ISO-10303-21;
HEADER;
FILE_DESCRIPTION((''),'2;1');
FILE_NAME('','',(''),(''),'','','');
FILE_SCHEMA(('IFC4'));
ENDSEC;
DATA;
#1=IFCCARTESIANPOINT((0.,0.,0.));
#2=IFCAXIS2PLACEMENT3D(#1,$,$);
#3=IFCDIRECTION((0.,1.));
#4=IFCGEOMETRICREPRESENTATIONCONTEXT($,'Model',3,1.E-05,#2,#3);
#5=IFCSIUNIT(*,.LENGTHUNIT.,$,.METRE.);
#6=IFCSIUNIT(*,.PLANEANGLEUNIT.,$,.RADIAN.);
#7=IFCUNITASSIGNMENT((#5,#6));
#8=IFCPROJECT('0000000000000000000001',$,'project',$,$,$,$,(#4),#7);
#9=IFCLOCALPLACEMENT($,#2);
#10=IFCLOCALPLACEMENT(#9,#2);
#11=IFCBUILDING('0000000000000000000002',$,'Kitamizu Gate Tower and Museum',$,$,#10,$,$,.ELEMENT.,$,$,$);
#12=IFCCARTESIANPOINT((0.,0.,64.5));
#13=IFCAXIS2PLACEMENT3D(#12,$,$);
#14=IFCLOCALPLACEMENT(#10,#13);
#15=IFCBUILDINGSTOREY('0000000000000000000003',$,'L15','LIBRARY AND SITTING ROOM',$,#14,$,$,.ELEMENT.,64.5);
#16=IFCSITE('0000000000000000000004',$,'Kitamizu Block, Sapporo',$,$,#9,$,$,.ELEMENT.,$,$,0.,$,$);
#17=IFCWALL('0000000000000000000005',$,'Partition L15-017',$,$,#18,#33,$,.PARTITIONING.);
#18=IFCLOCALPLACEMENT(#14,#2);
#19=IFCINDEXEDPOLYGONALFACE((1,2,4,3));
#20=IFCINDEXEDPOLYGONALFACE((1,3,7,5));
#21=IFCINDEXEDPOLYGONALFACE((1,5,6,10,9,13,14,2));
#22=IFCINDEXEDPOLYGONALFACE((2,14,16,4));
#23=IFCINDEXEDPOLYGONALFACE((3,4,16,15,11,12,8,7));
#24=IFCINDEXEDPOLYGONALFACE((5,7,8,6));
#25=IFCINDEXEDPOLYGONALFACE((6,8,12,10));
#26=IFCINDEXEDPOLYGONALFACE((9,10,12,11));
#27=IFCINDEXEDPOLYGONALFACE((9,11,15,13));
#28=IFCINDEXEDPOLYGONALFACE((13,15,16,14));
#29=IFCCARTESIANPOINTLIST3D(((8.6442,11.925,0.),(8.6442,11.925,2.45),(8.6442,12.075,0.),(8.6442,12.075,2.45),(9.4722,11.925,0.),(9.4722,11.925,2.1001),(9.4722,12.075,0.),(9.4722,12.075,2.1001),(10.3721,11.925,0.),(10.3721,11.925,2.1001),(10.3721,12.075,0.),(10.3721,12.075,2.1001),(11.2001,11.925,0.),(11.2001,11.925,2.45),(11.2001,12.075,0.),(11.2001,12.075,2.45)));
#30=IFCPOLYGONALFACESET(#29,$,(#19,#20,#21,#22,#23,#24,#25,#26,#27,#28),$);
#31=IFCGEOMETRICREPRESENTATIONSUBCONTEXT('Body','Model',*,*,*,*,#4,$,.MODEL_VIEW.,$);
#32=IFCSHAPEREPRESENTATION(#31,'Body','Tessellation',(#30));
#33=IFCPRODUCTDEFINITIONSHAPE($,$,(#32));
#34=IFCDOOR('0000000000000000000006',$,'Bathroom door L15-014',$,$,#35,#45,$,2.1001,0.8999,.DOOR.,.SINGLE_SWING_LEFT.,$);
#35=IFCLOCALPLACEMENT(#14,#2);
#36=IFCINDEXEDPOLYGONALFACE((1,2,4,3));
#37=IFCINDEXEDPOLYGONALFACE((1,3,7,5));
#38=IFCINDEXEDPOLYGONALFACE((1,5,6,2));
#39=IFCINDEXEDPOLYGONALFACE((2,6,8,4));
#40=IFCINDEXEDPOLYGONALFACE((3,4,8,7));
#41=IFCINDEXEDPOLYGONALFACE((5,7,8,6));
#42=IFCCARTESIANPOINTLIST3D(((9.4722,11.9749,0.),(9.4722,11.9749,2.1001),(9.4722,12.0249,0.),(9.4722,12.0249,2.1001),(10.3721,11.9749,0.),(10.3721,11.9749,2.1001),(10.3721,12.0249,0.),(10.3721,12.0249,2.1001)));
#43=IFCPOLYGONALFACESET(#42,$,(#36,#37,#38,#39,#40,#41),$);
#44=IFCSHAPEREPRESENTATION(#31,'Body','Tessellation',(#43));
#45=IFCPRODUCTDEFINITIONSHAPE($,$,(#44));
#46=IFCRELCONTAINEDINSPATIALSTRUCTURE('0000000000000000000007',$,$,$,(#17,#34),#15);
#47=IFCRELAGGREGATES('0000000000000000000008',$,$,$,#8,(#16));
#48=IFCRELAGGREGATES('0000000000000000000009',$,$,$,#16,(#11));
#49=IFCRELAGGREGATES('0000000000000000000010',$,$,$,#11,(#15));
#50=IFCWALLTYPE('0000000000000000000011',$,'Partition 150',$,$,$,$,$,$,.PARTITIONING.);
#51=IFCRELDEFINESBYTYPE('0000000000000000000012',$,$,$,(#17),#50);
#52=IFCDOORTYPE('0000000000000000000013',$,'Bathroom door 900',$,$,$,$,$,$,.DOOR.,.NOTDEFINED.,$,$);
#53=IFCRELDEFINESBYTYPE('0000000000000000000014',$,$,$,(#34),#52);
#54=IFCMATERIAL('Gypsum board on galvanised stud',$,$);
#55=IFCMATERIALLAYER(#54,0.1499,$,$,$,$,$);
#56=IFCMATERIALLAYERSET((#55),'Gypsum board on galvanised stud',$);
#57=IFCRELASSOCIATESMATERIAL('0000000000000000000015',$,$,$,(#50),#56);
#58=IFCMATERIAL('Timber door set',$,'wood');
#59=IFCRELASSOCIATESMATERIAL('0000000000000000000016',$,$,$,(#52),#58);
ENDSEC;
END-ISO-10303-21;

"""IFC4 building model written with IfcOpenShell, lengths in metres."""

from ifc_helpers import new_model, si_unit, direction, frame, frame_2d, origin, place, context, subcontext, project, spatial, rectangle, extrude, material, layer, layer_set, type_object, element, fill, save


model = new_model("IFC4")

# Units and contexts
model_context = context("Model", 3, precision=1e-05, world=origin(), true_north=direction((0.0, 1.0)))
body_context = subcontext(model_context, "Body", "Model", "MODEL_VIEW")
ifc_project = project(units=[si_unit("LENGTHUNIT", "METRE"), si_unit("PLANEANGLEUNIT", "RADIAN")], contexts=[model_context])

# Site, building, storey
site_placement = place(None, origin())
site = spatial("IfcSite", under=ifc_project, at=site_placement, Name="Kitamizu Block, Sapporo", CompositionType="ELEMENT", RefElevation=0.0)
building_placement = place(site_placement, origin())
building = spatial("IfcBuilding", under=site, at=building_placement, Name="Kitamizu Gate Tower and Museum", CompositionType="ELEMENT")
storey_placement = place(building_placement, frame((0.0, 0.0, 64.5)))
storey = spatial("IfcBuildingStorey", under=building, at=storey_placement, Name="L15", Description="LIBRARY AND SITTING ROOM", CompositionType="ELEMENT", Elevation=64.5)

# Wall, opening, door
ifc_material_1 = material(Name="Gypsum board on galvanised stud")
ifc_layer_1 = layer(ifc_material_1, 0.1499)
ifc_layer_set_1 = layer_set([ifc_layer_1], Name="Gypsum board on galvanised stud")
wall_type_1 = type_object("IfcWallType", Name="Partition 150", PredefinedType="PARTITIONING", material=ifc_layer_set_1)
ifc_material_2 = material(Name="Timber door set", Category="wood")
door_type_1 = type_object("IfcDoorType", Name="Bathroom door 900", OperationType="NOTDEFINED", PredefinedType="DOOR", material=ifc_material_2)
wall_1_placement = place(storey_placement, frame((11.2, 12.0, 0.0), z_axis=(0.0, 0.0, 1.0), x_axis=(-1.0, 0.0, 0.0)))
wall_1 = element("IfcWall", 1, at=wall_1_placement, inside=storey, type_object=wall_type_1, Name="Partition L15-017", PredefinedType="PARTITIONING", context=body_context, shape_type="SweptSolid", body=[
    extrude(rectangle(XDim=2.5559, YDim=0.1499, at=frame_2d((1.2778, 0.0))), origin(), (0.0, 0.0, 1.0), 2.45),
])
opening_1_placement = place(wall_1_placement, frame((0.8279, 0.0, 0.0)))
opening_1 = element("IfcOpeningElement", 2, at=opening_1_placement, cuts=wall_1, PredefinedType="OPENING", context=body_context, shape_type="SweptSolid", body=[
    extrude(rectangle(XDim=0.8999, YDim=2.1001, at=frame_2d((0.45, 1.05))), frame((0.0, 0.085, 0.0), z_axis=(0.0, -1.0, 0.0), x_axis=(1.0, 0.0, 0.0)), (0.0, 0.0, 1.0), 0.1699),
])
door_1_placement = place(opening_1_placement, frame((0.8999, 0.0, 0.0), x_axis=(-1.0, 0.0, 0.0)))
door_1 = element("IfcDoor", 3, at=door_1_placement, inside=storey, type_object=door_type_1, Name="Bathroom door L15-014", OperationType="SINGLE_SWING_LEFT", OverallHeight=2.1001, OverallWidth=0.8999, PredefinedType="DOOR", context=body_context, shape_type="SweptSolid", body=[
    extrude(rectangle(XDim=0.8999, YDim=2.1001, at=frame_2d((0.45, 1.05))), frame((0.0, 0.0249, 0.0), z_axis=(0.0, -1.0, 0.0), x_axis=(1.0, 0.0, 0.0)), (0.0, 0.0, 1.0), 0.05),
])
fill(opening_1, door_1)

save(model, "model.ifc")
